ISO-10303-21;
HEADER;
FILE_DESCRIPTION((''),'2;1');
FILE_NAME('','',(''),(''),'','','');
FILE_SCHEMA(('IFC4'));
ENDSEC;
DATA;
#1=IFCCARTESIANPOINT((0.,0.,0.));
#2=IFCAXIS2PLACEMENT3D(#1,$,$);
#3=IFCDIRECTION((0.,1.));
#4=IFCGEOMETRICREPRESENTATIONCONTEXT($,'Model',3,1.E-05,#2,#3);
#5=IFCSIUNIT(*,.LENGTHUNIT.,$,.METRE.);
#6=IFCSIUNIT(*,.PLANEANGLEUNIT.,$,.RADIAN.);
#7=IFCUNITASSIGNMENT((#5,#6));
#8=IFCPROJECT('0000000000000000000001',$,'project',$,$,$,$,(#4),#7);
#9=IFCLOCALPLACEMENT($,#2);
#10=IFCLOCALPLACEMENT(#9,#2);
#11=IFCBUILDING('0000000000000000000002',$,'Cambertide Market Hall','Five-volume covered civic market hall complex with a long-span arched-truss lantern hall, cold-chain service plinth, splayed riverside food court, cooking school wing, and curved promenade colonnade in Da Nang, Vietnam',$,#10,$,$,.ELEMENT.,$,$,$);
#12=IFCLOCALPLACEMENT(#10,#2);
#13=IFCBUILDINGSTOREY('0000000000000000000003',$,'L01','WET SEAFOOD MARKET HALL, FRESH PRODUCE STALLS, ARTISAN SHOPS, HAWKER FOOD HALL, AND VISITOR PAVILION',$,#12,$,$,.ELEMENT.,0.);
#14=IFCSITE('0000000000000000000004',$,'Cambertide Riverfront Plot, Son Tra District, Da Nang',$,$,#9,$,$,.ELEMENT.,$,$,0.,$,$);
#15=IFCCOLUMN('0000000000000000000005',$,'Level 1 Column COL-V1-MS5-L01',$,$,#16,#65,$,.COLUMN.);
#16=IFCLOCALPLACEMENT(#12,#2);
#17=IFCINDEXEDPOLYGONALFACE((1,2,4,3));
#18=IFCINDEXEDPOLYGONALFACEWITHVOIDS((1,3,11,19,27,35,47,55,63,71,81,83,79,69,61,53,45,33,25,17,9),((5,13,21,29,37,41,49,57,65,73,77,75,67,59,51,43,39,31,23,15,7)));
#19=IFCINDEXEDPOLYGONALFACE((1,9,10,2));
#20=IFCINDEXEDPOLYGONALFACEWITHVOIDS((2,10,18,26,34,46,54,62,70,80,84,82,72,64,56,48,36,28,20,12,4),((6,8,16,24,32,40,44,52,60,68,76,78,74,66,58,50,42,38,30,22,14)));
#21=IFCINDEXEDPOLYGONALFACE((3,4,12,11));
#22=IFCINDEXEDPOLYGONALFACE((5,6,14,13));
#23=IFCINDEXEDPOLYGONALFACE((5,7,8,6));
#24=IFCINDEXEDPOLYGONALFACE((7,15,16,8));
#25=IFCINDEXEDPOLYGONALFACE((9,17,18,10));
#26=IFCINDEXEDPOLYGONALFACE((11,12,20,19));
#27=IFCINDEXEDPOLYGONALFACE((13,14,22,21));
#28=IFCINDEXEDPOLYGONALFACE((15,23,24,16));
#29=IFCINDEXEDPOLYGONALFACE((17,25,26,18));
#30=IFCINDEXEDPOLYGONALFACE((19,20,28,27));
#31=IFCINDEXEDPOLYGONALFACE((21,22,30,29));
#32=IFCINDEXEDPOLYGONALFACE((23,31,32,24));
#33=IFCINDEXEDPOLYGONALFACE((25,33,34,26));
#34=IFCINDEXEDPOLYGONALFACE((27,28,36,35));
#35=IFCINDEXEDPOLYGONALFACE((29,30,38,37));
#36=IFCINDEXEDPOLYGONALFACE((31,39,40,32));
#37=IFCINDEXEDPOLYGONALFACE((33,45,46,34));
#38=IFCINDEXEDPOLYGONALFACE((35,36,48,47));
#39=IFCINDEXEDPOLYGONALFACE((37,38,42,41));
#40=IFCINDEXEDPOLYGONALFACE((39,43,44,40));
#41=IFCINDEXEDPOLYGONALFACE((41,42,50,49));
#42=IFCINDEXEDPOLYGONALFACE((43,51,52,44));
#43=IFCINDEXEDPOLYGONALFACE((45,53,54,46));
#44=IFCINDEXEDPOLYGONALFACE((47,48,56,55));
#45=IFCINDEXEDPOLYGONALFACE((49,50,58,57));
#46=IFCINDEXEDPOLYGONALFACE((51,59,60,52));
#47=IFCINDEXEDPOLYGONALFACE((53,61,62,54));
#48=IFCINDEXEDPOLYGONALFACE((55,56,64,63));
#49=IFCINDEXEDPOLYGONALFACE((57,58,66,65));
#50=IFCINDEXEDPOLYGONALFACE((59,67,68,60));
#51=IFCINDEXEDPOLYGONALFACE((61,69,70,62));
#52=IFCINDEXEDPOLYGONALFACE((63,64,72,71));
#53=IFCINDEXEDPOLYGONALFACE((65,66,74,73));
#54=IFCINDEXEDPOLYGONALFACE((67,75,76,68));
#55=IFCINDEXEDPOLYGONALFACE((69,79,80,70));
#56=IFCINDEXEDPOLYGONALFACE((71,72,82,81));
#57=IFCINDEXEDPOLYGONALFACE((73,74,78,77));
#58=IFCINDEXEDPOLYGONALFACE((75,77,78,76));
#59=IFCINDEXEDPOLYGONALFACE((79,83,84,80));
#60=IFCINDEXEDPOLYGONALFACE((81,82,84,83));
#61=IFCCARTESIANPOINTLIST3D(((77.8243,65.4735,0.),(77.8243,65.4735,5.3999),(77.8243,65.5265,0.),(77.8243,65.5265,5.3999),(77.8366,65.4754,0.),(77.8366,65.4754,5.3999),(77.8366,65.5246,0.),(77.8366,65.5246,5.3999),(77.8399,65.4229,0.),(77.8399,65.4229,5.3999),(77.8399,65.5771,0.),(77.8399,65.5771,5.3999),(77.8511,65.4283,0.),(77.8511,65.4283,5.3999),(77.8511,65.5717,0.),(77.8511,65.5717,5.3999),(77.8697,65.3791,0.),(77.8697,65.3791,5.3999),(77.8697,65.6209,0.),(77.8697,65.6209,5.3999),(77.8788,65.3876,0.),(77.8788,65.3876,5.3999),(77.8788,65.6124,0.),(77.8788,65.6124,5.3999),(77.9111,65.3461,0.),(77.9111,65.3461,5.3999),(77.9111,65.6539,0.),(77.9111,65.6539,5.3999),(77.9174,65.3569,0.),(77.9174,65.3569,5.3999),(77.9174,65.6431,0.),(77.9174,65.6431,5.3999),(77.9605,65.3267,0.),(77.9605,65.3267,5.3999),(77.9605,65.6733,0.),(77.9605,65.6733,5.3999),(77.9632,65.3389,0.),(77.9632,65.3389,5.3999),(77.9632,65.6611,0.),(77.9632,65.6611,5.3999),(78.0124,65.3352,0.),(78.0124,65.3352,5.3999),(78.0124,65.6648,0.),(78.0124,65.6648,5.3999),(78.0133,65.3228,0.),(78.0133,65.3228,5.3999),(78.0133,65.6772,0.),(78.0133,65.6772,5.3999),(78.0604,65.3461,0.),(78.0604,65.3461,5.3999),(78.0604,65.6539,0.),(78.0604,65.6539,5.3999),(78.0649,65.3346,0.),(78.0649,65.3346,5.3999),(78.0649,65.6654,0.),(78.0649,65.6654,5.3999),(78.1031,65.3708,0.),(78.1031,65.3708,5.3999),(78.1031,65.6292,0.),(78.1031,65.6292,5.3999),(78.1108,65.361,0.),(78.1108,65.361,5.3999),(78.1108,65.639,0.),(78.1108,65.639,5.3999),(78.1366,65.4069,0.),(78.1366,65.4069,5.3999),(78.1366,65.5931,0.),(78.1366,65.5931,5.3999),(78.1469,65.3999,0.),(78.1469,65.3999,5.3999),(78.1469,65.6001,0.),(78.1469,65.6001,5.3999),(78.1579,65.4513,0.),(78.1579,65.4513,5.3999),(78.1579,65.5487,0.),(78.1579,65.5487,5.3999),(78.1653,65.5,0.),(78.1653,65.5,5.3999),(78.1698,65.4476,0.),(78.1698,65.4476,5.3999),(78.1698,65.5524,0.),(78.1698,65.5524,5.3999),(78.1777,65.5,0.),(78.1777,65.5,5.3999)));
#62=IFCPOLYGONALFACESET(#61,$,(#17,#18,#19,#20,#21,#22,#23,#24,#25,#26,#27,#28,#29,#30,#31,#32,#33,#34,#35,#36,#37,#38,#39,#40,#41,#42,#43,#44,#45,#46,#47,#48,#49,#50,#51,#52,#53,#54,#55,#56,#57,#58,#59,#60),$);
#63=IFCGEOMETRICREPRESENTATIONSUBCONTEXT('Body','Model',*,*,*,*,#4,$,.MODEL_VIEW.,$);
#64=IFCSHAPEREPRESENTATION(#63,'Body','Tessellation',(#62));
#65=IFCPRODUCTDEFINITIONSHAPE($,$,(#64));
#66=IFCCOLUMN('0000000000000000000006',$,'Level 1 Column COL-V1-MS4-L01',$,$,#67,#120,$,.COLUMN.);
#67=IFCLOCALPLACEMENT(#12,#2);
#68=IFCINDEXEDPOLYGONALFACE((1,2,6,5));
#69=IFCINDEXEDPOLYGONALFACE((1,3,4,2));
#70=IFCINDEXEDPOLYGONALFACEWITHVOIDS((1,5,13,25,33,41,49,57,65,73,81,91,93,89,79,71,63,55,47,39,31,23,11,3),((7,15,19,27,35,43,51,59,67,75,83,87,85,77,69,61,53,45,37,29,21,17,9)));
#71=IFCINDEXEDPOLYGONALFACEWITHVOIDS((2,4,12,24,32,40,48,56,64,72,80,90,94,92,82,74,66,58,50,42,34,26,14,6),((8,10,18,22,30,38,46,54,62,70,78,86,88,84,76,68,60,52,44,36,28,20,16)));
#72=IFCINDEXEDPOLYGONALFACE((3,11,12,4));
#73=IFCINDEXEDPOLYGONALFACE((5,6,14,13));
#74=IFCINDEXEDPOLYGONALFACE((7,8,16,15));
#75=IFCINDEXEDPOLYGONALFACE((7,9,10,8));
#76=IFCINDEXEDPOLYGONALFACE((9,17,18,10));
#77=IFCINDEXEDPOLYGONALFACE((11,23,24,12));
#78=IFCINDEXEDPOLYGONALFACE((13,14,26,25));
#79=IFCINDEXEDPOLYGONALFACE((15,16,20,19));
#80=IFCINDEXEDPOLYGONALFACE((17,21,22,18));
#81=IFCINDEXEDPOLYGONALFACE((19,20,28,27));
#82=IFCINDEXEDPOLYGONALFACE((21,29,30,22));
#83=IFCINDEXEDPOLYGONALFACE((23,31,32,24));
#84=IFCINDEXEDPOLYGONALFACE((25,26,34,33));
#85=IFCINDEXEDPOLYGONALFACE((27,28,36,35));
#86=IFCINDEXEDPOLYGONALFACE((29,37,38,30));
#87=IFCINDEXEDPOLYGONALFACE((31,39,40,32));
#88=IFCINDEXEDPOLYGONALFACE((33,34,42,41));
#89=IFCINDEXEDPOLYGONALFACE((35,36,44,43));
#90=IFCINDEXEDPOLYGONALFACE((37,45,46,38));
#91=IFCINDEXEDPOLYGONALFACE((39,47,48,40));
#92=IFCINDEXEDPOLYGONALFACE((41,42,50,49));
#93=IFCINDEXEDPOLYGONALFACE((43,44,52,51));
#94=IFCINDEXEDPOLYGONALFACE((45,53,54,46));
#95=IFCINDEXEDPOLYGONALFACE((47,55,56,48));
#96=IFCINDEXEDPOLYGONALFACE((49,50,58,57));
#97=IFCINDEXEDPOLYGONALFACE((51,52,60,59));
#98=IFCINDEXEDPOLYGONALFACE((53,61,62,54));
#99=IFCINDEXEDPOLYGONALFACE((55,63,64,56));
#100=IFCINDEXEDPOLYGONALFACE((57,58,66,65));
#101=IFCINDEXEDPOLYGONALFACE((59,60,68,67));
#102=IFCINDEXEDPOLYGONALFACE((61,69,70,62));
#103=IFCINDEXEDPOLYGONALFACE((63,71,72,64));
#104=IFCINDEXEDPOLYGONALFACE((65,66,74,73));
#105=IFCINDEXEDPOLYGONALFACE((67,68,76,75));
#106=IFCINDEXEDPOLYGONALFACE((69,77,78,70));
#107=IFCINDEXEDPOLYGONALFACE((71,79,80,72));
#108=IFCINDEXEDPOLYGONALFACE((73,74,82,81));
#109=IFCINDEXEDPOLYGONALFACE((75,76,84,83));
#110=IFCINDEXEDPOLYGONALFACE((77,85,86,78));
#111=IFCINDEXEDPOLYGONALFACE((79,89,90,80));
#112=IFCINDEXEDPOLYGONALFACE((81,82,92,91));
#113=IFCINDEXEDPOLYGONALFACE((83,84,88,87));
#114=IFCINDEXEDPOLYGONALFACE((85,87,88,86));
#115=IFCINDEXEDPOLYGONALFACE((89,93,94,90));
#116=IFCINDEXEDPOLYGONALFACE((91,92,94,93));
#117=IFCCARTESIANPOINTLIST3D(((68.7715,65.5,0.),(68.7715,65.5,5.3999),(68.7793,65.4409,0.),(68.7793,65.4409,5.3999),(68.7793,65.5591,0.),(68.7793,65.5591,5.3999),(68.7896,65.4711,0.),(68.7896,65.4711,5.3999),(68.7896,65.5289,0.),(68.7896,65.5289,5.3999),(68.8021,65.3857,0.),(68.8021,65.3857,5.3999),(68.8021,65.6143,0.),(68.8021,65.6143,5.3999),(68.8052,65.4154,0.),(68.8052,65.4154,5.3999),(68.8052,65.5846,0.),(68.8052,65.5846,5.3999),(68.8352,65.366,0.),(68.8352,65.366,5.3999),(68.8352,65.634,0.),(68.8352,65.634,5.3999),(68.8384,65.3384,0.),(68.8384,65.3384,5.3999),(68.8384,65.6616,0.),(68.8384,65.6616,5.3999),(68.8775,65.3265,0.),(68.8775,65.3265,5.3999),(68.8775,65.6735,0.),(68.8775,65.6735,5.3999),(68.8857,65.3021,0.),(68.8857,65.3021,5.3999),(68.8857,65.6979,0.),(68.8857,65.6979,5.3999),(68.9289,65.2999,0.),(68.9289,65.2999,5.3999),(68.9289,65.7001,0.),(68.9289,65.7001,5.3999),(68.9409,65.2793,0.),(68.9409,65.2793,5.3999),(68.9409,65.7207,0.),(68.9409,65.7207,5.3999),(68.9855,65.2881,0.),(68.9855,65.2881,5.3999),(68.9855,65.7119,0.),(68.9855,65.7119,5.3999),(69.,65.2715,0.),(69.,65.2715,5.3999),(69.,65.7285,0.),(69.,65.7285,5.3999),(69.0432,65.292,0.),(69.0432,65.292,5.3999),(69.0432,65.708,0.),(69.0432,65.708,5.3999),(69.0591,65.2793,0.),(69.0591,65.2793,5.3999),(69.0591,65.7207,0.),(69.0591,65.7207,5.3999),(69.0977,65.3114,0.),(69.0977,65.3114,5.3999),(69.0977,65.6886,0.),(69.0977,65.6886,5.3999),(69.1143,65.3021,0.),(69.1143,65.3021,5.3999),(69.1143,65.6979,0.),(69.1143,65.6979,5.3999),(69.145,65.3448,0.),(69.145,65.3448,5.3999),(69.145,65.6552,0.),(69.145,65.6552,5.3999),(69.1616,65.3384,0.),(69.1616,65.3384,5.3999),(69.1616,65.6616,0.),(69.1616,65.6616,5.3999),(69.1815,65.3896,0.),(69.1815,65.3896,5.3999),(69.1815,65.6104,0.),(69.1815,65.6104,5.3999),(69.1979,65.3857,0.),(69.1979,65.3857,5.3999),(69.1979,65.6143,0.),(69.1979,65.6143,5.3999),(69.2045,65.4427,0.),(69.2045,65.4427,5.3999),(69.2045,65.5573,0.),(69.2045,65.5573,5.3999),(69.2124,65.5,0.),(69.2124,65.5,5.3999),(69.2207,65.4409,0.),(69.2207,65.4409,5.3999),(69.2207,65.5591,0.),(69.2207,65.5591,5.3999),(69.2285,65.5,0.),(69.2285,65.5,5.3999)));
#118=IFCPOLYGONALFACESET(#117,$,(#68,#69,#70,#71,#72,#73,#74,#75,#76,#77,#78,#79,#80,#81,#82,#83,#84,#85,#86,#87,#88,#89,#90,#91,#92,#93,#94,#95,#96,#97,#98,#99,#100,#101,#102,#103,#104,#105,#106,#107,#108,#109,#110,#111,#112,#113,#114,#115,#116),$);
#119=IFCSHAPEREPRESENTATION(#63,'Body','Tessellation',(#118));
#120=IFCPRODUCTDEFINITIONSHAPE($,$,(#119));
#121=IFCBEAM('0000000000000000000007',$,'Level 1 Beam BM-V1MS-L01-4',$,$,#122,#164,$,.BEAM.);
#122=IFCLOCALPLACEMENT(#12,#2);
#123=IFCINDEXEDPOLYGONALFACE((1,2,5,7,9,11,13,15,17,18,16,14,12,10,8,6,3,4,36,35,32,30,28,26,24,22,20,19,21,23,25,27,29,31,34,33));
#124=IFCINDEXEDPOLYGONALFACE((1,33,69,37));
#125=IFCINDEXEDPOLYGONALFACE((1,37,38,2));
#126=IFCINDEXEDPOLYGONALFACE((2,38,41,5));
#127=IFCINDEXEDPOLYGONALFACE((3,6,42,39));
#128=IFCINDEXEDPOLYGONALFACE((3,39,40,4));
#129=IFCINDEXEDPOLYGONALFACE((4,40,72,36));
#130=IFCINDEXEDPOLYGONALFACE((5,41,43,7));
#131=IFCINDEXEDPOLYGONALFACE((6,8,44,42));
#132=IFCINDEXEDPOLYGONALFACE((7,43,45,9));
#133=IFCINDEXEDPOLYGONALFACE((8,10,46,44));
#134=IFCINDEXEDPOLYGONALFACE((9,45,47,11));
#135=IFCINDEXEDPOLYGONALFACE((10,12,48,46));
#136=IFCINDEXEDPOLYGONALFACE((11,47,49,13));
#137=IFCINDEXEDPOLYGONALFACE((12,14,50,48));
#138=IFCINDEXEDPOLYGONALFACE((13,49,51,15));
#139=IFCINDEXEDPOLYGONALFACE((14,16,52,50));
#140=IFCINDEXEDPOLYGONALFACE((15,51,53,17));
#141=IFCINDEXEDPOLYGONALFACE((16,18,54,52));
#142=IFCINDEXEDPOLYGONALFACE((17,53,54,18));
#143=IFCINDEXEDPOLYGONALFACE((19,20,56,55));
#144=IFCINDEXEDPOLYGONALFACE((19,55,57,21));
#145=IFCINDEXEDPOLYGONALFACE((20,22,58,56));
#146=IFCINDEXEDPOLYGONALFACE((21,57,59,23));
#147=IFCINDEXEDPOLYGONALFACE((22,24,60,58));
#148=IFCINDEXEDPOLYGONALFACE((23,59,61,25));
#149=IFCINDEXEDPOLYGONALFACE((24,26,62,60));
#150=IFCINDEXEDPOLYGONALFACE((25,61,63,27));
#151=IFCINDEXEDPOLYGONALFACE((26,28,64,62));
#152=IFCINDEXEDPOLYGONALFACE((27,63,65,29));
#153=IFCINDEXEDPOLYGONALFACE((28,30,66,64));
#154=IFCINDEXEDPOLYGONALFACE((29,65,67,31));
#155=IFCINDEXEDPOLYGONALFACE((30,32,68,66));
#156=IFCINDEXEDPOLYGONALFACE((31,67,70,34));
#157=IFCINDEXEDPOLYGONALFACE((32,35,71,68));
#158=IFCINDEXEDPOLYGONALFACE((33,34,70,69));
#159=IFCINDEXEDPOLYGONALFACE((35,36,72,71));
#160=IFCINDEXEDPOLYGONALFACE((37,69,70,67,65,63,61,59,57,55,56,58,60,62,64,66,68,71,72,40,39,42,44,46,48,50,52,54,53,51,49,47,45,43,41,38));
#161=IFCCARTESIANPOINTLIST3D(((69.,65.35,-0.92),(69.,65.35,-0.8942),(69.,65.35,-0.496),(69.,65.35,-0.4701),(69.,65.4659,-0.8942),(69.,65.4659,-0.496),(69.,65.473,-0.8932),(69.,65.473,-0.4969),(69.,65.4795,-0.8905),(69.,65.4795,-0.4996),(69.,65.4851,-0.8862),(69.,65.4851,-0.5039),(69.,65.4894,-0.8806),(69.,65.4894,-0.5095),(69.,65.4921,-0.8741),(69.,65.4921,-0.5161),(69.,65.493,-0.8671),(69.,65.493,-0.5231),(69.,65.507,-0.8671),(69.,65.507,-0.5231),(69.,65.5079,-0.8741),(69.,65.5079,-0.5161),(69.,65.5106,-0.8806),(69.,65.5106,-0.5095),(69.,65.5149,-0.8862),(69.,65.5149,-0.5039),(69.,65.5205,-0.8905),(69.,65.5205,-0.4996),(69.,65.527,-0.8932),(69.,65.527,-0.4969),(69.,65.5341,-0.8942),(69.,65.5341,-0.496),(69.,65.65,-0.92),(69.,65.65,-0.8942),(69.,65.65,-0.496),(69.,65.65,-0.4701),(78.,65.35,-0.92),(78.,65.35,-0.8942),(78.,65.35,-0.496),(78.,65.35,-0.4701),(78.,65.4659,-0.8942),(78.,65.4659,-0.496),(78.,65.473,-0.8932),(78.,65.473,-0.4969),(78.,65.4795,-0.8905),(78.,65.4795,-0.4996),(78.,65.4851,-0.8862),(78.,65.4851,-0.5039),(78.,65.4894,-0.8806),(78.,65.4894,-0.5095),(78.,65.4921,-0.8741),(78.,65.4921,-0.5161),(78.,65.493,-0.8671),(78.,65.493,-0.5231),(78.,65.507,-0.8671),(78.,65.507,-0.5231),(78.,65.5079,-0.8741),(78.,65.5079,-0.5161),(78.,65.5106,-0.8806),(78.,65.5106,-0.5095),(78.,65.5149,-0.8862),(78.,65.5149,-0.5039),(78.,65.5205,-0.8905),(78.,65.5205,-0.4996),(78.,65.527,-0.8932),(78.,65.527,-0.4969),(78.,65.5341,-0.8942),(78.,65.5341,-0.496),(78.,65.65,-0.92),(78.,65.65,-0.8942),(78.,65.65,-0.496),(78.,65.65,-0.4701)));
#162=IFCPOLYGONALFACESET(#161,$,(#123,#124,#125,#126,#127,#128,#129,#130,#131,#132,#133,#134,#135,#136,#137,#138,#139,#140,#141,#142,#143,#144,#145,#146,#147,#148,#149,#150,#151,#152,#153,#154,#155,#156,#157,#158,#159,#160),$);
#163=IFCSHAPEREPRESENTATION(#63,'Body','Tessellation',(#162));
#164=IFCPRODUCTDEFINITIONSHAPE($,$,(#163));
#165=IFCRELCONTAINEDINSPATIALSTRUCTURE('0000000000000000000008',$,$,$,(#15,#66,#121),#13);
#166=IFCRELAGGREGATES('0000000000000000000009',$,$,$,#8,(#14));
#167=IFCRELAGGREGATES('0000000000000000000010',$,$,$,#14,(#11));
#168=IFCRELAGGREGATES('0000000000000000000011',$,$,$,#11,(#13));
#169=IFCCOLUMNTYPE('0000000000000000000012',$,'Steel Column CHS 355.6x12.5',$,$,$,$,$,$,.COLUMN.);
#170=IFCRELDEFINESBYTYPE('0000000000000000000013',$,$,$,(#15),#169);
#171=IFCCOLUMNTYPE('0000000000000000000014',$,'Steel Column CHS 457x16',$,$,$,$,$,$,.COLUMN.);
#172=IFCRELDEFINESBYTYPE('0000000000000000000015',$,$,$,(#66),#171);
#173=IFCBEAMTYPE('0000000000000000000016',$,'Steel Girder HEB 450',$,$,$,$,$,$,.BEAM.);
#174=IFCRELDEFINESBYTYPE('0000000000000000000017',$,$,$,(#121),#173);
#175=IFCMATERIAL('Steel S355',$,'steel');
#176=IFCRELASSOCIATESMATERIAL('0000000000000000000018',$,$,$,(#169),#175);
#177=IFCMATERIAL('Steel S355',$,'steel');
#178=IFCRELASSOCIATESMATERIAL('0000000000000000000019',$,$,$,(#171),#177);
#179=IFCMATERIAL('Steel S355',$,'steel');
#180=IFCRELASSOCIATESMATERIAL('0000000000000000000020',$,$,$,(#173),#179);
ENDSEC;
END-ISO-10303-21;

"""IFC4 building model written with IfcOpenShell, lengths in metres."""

from ifc_helpers import new_model, si_unit, direction, frame, origin, origin_2d, place, context, subcontext, project, spatial, hollow_circle, i_section, extrude, material, material_profile, profile_set, type_object, element, save


model = new_model("IFC4")

# Units and contexts
model_context = context("Model", 3, precision=1e-05, world=origin(), true_north=direction((0.0, 1.0)))
body_context = subcontext(model_context, "Body", "Model", "MODEL_VIEW")
ifc_project = project(units=[si_unit("LENGTHUNIT", "METRE"), si_unit("PLANEANGLEUNIT", "RADIAN")], contexts=[model_context])

# Site, building, storey
site_placement = place(None, origin())
site = spatial("IfcSite", under=ifc_project, at=site_placement, Name="Cambertide Riverfront Plot, Son Tra District, Da Nang", CompositionType="ELEMENT", RefElevation=0.0)
building_placement = place(site_placement, origin())
building = spatial("IfcBuilding", under=site, at=building_placement, Name="Cambertide Market Hall", Description="Five-volume covered civic market hall complex with a long-span arched-truss lantern hall, cold-chain service plinth, splayed riverside food court, cooking school wing, and curved promenade colonnade in Da Nang, Vietnam", CompositionType="ELEMENT")
storey_placement = place(building_placement, origin())
storey = spatial("IfcBuildingStorey", under=building, at=storey_placement, Name="L01", Description="WET SEAFOOD MARKET HALL, FRESH PRODUCE STALLS, ARTISAN SHOPS, HAWKER FOOD HALL, AND VISITOR PAVILION", CompositionType="ELEMENT", Elevation=0.0)

# Columns
ifc_material_1 = material(Name="Steel S355", Category="steel")
ifc_material_profile_1 = material_profile(ifc_material_1, hollow_circle(Radius=0.1777, WallThickness=0.0125, at=origin_2d()), Name="CHS 355.6x12.5")
ifc_profile_set_1 = profile_set([ifc_material_profile_1], Name="Steel S355")
column_type_1 = type_object("IfcColumnType", Name="Steel Column CHS 355.6x12.5", PredefinedType="COLUMN", material=ifc_profile_set_1)
column_1_placement = place(storey_placement, frame((78.0, 65.5, 0.0), z_axis=(0.0, 0.0, 1.0), x_axis=(1.0, 0.0, 0.0)))
element("IfcColumn", 1, at=column_1_placement, inside=storey, type_object=column_type_1, Name="Level 1 Column COL-V1-MS5-L01", PredefinedType="COLUMN", context=body_context, shape_type="SweptSolid", body=[
    extrude(hollow_circle(Radius=0.1777, WallThickness=0.0125, at=origin_2d()), origin(), (0.0, 0.0, 1.0), 5.3999),
])
ifc_material_2 = material(Name="Steel S355", Category="steel")
ifc_material_profile_2 = material_profile(ifc_material_2, hollow_circle(Radius=0.2285, WallThickness=0.0161, at=origin_2d()), Name="CHS 457x16")
ifc_profile_set_2 = profile_set([ifc_material_profile_2], Name="Steel S355")
column_type_2 = type_object("IfcColumnType", Name="Steel Column CHS 457x16", PredefinedType="COLUMN", material=ifc_profile_set_2)
column_2_placement = place(storey_placement, frame((69.0, 65.5, 0.0), z_axis=(0.0, 0.0, 1.0), x_axis=(1.0, 0.0, 0.0)))
element("IfcColumn", 2, at=column_2_placement, inside=storey, type_object=column_type_2, Name="Level 1 Column COL-V1-MS4-L01", PredefinedType="COLUMN", context=body_context, shape_type="SweptSolid", body=[
    extrude(hollow_circle(Radius=0.2285, WallThickness=0.0161, at=origin_2d()), origin(), (0.0, 0.0, 1.0), 5.3999),
])

# Beam
ifc_material_3 = material(Name="Steel S355", Category="steel")
ifc_material_profile_3 = material_profile(ifc_material_3, i_section(OverallWidth=0.3, OverallDepth=0.45, WebThickness=0.0139, FlangeThickness=0.0259, FilletRadius=0.0271, at=origin_2d()), Name="HEB 450")
ifc_profile_set_3 = profile_set([ifc_material_profile_3], Name="Steel S355")
beam_type_1 = type_object("IfcBeamType", Name="Steel Girder HEB 450", PredefinedType="BEAM", material=ifc_profile_set_3)
for number, where, z_axis, x_axis, name in (
    (3, (69.0, 65.5, -0.6951), (1.0, 0.0, 0.0), (0.0, 1.0, 0.0), "Level 1 Beam BM-V1MS-L01-4"),
):
    element("IfcBeam", number, at=place(storey_placement, frame(where, z_axis=z_axis, x_axis=x_axis)), inside=storey, type_object=beam_type_1, Name=name, PredefinedType="BEAM", context=body_context, shape_type="SweptSolid", body=[
        extrude(i_section(OverallWidth=0.3, OverallDepth=0.45, WebThickness=0.0139, FlangeThickness=0.0259, FilletRadius=0.0271, at=origin_2d()), origin(), (0.0, 0.0, 1.0), 9.0),
    ])

save(model, "model.ifc")
